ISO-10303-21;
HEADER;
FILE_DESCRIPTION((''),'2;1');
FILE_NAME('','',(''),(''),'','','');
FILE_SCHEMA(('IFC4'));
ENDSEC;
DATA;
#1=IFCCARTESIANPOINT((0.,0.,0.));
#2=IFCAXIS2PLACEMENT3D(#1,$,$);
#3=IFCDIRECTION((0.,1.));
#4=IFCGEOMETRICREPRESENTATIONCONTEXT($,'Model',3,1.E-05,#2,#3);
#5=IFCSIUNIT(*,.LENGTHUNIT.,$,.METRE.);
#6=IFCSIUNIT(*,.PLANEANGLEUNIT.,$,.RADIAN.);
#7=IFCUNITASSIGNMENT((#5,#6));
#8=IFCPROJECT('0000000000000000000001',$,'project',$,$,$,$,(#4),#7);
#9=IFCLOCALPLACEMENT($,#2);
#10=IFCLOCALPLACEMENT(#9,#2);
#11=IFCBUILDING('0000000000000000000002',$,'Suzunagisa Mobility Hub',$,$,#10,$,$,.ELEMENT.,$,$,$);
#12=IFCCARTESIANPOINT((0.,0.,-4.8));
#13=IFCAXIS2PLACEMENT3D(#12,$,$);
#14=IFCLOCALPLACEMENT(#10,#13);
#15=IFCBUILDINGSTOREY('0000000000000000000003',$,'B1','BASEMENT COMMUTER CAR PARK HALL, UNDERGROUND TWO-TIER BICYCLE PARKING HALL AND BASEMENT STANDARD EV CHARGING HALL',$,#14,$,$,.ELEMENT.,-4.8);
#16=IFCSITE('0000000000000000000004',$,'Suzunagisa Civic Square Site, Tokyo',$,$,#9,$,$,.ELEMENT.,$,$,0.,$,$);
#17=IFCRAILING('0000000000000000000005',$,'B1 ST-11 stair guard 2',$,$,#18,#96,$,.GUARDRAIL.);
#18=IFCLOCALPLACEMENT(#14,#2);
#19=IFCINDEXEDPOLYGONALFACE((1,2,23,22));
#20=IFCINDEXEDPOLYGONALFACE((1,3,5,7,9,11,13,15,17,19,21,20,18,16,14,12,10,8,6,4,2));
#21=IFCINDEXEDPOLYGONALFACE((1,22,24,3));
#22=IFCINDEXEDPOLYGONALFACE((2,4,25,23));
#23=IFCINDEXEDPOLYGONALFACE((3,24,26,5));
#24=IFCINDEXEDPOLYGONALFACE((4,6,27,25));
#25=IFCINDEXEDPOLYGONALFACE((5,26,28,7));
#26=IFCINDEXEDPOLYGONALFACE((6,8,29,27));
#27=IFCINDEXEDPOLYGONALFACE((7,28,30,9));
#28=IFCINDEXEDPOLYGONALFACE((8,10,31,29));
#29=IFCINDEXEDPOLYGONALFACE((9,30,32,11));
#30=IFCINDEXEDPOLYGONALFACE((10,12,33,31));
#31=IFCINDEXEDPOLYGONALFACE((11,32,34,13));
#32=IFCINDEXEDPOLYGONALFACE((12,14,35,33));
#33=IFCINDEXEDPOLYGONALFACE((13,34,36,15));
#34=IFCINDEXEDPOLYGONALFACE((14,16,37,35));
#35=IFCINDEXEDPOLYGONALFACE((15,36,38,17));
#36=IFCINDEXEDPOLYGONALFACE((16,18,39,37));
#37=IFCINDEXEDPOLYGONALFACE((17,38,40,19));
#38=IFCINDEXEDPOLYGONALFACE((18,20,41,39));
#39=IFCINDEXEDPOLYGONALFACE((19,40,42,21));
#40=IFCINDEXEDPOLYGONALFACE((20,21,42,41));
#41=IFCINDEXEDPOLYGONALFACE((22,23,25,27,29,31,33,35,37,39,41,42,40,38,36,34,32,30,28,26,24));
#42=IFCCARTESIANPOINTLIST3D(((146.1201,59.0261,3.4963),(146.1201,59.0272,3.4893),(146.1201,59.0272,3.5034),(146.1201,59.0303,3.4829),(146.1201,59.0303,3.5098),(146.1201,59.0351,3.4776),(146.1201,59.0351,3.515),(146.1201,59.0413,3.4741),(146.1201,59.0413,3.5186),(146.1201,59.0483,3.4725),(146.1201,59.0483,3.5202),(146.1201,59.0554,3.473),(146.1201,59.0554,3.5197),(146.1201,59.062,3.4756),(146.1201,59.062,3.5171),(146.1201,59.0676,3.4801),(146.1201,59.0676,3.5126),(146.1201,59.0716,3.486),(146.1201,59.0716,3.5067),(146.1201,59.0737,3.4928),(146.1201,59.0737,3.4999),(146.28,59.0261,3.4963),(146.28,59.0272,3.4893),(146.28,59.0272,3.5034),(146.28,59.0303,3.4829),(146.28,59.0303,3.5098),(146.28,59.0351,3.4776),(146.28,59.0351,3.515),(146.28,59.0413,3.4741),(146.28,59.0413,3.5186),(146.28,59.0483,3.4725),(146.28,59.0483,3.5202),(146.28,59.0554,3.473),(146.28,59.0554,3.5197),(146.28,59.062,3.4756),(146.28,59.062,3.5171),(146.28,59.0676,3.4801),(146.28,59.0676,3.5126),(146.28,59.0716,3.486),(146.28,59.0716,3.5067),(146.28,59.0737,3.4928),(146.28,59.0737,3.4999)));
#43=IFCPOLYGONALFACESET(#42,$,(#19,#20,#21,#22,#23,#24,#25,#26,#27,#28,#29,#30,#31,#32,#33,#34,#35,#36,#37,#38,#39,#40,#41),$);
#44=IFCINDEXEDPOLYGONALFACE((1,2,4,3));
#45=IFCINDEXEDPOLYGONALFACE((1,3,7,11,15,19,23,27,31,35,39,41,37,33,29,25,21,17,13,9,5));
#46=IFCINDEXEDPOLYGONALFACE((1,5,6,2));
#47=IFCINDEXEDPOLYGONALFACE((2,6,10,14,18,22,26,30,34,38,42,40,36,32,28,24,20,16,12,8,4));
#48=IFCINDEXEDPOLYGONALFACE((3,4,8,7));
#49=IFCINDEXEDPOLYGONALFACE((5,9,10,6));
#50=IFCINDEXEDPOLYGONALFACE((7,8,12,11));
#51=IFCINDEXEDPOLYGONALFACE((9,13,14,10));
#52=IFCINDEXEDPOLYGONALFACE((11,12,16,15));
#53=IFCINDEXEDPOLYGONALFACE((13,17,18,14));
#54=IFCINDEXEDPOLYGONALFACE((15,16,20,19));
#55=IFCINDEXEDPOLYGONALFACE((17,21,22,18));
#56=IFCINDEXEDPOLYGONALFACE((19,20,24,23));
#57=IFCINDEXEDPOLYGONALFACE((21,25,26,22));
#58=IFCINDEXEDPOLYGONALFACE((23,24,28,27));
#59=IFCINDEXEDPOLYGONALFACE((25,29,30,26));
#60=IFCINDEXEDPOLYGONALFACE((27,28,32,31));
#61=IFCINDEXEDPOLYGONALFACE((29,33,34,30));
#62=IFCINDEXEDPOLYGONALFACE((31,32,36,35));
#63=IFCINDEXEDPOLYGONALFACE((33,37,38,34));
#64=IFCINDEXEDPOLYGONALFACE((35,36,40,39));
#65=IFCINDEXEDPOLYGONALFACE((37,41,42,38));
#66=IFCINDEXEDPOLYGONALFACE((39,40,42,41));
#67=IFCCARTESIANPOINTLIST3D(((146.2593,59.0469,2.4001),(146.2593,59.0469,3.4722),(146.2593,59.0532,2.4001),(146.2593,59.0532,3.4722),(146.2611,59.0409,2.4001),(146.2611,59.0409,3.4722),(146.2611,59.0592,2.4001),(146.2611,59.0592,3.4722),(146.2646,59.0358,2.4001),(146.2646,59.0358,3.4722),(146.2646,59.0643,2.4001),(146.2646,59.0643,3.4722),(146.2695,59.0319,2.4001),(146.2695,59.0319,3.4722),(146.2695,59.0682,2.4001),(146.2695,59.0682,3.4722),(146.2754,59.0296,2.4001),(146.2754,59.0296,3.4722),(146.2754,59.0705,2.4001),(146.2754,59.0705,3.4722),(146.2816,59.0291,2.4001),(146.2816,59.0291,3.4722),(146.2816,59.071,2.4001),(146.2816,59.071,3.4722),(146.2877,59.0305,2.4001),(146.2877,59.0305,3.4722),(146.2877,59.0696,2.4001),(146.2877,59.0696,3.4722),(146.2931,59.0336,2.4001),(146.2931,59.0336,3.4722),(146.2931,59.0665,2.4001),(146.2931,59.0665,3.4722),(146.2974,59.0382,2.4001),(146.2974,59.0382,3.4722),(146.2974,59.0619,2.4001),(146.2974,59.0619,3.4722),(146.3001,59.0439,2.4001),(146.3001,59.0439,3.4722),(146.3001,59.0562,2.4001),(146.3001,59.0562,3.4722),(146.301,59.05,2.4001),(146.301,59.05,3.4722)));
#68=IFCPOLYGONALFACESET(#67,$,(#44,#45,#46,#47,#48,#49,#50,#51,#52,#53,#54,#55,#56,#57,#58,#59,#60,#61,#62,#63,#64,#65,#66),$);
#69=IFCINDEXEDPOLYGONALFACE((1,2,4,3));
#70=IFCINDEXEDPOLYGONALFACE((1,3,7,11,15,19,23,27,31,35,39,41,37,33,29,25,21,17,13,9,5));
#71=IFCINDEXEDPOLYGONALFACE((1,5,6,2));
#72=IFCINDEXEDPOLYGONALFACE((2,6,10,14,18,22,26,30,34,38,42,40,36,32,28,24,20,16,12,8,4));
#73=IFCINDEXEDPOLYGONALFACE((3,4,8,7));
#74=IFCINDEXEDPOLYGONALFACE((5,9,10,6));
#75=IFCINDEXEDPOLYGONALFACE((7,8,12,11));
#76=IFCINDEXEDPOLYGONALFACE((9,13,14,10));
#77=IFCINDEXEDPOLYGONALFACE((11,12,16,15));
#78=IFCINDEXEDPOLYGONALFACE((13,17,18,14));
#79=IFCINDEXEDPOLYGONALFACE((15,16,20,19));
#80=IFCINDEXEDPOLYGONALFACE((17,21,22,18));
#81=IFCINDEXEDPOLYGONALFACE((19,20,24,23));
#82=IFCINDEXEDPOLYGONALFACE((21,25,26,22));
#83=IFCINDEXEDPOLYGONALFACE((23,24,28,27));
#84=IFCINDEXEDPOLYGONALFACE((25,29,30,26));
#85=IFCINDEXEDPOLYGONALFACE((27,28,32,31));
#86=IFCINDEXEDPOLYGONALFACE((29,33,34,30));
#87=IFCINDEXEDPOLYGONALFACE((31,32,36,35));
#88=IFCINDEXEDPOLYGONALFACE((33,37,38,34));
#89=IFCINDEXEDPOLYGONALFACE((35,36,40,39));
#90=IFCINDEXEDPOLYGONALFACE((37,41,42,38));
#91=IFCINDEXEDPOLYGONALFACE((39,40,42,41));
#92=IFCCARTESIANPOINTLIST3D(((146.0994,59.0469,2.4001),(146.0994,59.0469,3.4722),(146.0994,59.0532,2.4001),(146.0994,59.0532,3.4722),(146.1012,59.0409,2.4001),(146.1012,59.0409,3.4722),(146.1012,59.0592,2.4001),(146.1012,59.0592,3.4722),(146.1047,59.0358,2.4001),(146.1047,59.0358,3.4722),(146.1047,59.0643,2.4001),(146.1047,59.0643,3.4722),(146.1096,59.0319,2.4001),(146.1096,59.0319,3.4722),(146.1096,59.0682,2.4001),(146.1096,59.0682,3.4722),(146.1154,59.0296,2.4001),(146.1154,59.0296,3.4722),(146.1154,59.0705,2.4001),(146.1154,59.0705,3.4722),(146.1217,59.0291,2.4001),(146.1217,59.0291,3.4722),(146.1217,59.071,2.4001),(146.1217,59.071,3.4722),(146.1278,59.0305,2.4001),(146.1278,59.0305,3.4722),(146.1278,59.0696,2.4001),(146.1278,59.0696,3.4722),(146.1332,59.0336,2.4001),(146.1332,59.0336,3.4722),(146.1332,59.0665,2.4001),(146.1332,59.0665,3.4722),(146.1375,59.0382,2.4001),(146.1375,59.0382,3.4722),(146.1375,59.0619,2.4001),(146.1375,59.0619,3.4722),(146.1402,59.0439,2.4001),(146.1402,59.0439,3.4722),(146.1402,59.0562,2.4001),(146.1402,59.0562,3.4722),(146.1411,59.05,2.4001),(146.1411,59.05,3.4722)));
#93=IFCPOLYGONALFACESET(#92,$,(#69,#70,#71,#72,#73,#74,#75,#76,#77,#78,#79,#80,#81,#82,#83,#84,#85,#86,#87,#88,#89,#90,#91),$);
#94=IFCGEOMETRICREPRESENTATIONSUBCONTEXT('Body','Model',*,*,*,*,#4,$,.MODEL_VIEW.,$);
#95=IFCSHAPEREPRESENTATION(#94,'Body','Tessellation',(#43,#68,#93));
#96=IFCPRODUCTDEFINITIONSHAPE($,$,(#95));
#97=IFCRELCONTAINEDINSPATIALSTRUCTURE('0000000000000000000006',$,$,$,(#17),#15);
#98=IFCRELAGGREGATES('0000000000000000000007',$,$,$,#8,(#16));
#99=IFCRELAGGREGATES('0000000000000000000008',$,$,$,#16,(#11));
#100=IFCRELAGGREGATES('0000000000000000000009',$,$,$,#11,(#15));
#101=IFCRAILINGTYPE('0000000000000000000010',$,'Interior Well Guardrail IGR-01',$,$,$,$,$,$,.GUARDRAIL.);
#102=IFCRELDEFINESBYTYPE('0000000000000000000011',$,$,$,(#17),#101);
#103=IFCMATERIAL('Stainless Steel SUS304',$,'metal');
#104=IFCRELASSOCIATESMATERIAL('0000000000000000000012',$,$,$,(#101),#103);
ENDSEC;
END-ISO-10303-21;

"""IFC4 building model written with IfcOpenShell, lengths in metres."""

from ifc_helpers import new_model, si_unit, direction, frame, origin, origin_2d, place, context, subcontext, project, spatial, circle, extrude, material, type_object, element, save


model = new_model("IFC4")

# Units and contexts
model_context = context("Model", 3, precision=1e-05, world=origin(), true_north=direction((0.0, 1.0)))
body_context = subcontext(model_context, "Body", "Model", "MODEL_VIEW")
ifc_project = project(units=[si_unit("LENGTHUNIT", "METRE"), si_unit("PLANEANGLEUNIT", "RADIAN")], contexts=[model_context])

# Site, building, storey
site_placement = place(None, origin())
site = spatial("IfcSite", under=ifc_project, at=site_placement, Name="Suzunagisa Civic Square Site, Tokyo", CompositionType="ELEMENT", RefElevation=0.0)
building_placement = place(site_placement, origin())
building = spatial("IfcBuilding", under=site, at=building_placement, Name="Suzunagisa Mobility Hub", CompositionType="ELEMENT")
storey_placement = place(building_placement, frame((0.0, 0.0, -4.8)))
storey = spatial("IfcBuildingStorey", under=building, at=storey_placement, Name="B1", Description="BASEMENT COMMUTER CAR PARK HALL, UNDERGROUND TWO-TIER BICYCLE PARKING HALL AND BASEMENT STANDARD EV CHARGING HALL", CompositionType="ELEMENT", Elevation=-4.8)

# Railing
ifc_material_1 = material(Name="Stainless Steel SUS304", Category="metal")
railing_type_1 = type_object("IfcRailingType", Name="Interior Well Guardrail IGR-01", PredefinedType="GUARDRAIL", material=ifc_material_1)
railing_1_placement = place(storey_placement, frame((146.28, 59.05, 2.4001)))
element("IfcRailing", 1, at=railing_1_placement, inside=storey, type_object=railing_type_1, Name="B1 ST-11 stair guard 2", PredefinedType="GUARDRAIL", context=body_context, shape_type="SweptSolid", body=[
    extrude(circle(Radius=0.0239, at=origin_2d()), frame((0.0, 0.0, 1.0962), z_axis=(-1.0, 0.0, 0.0), x_axis=(0.0, -1.0, 0.0)), (0.0, 0.0, 1.0), 0.1599),
    extrude(circle(Radius=0.021, at=origin_2d()), origin(), (0.0, 0.0, 1.0), 1.072),
    extrude(circle(Radius=0.021, at=origin_2d()), frame((-0.1599, 0.0, 0.0)), (0.0, 0.0, 1.0), 1.072),
])

save(model, "model.ifc")
